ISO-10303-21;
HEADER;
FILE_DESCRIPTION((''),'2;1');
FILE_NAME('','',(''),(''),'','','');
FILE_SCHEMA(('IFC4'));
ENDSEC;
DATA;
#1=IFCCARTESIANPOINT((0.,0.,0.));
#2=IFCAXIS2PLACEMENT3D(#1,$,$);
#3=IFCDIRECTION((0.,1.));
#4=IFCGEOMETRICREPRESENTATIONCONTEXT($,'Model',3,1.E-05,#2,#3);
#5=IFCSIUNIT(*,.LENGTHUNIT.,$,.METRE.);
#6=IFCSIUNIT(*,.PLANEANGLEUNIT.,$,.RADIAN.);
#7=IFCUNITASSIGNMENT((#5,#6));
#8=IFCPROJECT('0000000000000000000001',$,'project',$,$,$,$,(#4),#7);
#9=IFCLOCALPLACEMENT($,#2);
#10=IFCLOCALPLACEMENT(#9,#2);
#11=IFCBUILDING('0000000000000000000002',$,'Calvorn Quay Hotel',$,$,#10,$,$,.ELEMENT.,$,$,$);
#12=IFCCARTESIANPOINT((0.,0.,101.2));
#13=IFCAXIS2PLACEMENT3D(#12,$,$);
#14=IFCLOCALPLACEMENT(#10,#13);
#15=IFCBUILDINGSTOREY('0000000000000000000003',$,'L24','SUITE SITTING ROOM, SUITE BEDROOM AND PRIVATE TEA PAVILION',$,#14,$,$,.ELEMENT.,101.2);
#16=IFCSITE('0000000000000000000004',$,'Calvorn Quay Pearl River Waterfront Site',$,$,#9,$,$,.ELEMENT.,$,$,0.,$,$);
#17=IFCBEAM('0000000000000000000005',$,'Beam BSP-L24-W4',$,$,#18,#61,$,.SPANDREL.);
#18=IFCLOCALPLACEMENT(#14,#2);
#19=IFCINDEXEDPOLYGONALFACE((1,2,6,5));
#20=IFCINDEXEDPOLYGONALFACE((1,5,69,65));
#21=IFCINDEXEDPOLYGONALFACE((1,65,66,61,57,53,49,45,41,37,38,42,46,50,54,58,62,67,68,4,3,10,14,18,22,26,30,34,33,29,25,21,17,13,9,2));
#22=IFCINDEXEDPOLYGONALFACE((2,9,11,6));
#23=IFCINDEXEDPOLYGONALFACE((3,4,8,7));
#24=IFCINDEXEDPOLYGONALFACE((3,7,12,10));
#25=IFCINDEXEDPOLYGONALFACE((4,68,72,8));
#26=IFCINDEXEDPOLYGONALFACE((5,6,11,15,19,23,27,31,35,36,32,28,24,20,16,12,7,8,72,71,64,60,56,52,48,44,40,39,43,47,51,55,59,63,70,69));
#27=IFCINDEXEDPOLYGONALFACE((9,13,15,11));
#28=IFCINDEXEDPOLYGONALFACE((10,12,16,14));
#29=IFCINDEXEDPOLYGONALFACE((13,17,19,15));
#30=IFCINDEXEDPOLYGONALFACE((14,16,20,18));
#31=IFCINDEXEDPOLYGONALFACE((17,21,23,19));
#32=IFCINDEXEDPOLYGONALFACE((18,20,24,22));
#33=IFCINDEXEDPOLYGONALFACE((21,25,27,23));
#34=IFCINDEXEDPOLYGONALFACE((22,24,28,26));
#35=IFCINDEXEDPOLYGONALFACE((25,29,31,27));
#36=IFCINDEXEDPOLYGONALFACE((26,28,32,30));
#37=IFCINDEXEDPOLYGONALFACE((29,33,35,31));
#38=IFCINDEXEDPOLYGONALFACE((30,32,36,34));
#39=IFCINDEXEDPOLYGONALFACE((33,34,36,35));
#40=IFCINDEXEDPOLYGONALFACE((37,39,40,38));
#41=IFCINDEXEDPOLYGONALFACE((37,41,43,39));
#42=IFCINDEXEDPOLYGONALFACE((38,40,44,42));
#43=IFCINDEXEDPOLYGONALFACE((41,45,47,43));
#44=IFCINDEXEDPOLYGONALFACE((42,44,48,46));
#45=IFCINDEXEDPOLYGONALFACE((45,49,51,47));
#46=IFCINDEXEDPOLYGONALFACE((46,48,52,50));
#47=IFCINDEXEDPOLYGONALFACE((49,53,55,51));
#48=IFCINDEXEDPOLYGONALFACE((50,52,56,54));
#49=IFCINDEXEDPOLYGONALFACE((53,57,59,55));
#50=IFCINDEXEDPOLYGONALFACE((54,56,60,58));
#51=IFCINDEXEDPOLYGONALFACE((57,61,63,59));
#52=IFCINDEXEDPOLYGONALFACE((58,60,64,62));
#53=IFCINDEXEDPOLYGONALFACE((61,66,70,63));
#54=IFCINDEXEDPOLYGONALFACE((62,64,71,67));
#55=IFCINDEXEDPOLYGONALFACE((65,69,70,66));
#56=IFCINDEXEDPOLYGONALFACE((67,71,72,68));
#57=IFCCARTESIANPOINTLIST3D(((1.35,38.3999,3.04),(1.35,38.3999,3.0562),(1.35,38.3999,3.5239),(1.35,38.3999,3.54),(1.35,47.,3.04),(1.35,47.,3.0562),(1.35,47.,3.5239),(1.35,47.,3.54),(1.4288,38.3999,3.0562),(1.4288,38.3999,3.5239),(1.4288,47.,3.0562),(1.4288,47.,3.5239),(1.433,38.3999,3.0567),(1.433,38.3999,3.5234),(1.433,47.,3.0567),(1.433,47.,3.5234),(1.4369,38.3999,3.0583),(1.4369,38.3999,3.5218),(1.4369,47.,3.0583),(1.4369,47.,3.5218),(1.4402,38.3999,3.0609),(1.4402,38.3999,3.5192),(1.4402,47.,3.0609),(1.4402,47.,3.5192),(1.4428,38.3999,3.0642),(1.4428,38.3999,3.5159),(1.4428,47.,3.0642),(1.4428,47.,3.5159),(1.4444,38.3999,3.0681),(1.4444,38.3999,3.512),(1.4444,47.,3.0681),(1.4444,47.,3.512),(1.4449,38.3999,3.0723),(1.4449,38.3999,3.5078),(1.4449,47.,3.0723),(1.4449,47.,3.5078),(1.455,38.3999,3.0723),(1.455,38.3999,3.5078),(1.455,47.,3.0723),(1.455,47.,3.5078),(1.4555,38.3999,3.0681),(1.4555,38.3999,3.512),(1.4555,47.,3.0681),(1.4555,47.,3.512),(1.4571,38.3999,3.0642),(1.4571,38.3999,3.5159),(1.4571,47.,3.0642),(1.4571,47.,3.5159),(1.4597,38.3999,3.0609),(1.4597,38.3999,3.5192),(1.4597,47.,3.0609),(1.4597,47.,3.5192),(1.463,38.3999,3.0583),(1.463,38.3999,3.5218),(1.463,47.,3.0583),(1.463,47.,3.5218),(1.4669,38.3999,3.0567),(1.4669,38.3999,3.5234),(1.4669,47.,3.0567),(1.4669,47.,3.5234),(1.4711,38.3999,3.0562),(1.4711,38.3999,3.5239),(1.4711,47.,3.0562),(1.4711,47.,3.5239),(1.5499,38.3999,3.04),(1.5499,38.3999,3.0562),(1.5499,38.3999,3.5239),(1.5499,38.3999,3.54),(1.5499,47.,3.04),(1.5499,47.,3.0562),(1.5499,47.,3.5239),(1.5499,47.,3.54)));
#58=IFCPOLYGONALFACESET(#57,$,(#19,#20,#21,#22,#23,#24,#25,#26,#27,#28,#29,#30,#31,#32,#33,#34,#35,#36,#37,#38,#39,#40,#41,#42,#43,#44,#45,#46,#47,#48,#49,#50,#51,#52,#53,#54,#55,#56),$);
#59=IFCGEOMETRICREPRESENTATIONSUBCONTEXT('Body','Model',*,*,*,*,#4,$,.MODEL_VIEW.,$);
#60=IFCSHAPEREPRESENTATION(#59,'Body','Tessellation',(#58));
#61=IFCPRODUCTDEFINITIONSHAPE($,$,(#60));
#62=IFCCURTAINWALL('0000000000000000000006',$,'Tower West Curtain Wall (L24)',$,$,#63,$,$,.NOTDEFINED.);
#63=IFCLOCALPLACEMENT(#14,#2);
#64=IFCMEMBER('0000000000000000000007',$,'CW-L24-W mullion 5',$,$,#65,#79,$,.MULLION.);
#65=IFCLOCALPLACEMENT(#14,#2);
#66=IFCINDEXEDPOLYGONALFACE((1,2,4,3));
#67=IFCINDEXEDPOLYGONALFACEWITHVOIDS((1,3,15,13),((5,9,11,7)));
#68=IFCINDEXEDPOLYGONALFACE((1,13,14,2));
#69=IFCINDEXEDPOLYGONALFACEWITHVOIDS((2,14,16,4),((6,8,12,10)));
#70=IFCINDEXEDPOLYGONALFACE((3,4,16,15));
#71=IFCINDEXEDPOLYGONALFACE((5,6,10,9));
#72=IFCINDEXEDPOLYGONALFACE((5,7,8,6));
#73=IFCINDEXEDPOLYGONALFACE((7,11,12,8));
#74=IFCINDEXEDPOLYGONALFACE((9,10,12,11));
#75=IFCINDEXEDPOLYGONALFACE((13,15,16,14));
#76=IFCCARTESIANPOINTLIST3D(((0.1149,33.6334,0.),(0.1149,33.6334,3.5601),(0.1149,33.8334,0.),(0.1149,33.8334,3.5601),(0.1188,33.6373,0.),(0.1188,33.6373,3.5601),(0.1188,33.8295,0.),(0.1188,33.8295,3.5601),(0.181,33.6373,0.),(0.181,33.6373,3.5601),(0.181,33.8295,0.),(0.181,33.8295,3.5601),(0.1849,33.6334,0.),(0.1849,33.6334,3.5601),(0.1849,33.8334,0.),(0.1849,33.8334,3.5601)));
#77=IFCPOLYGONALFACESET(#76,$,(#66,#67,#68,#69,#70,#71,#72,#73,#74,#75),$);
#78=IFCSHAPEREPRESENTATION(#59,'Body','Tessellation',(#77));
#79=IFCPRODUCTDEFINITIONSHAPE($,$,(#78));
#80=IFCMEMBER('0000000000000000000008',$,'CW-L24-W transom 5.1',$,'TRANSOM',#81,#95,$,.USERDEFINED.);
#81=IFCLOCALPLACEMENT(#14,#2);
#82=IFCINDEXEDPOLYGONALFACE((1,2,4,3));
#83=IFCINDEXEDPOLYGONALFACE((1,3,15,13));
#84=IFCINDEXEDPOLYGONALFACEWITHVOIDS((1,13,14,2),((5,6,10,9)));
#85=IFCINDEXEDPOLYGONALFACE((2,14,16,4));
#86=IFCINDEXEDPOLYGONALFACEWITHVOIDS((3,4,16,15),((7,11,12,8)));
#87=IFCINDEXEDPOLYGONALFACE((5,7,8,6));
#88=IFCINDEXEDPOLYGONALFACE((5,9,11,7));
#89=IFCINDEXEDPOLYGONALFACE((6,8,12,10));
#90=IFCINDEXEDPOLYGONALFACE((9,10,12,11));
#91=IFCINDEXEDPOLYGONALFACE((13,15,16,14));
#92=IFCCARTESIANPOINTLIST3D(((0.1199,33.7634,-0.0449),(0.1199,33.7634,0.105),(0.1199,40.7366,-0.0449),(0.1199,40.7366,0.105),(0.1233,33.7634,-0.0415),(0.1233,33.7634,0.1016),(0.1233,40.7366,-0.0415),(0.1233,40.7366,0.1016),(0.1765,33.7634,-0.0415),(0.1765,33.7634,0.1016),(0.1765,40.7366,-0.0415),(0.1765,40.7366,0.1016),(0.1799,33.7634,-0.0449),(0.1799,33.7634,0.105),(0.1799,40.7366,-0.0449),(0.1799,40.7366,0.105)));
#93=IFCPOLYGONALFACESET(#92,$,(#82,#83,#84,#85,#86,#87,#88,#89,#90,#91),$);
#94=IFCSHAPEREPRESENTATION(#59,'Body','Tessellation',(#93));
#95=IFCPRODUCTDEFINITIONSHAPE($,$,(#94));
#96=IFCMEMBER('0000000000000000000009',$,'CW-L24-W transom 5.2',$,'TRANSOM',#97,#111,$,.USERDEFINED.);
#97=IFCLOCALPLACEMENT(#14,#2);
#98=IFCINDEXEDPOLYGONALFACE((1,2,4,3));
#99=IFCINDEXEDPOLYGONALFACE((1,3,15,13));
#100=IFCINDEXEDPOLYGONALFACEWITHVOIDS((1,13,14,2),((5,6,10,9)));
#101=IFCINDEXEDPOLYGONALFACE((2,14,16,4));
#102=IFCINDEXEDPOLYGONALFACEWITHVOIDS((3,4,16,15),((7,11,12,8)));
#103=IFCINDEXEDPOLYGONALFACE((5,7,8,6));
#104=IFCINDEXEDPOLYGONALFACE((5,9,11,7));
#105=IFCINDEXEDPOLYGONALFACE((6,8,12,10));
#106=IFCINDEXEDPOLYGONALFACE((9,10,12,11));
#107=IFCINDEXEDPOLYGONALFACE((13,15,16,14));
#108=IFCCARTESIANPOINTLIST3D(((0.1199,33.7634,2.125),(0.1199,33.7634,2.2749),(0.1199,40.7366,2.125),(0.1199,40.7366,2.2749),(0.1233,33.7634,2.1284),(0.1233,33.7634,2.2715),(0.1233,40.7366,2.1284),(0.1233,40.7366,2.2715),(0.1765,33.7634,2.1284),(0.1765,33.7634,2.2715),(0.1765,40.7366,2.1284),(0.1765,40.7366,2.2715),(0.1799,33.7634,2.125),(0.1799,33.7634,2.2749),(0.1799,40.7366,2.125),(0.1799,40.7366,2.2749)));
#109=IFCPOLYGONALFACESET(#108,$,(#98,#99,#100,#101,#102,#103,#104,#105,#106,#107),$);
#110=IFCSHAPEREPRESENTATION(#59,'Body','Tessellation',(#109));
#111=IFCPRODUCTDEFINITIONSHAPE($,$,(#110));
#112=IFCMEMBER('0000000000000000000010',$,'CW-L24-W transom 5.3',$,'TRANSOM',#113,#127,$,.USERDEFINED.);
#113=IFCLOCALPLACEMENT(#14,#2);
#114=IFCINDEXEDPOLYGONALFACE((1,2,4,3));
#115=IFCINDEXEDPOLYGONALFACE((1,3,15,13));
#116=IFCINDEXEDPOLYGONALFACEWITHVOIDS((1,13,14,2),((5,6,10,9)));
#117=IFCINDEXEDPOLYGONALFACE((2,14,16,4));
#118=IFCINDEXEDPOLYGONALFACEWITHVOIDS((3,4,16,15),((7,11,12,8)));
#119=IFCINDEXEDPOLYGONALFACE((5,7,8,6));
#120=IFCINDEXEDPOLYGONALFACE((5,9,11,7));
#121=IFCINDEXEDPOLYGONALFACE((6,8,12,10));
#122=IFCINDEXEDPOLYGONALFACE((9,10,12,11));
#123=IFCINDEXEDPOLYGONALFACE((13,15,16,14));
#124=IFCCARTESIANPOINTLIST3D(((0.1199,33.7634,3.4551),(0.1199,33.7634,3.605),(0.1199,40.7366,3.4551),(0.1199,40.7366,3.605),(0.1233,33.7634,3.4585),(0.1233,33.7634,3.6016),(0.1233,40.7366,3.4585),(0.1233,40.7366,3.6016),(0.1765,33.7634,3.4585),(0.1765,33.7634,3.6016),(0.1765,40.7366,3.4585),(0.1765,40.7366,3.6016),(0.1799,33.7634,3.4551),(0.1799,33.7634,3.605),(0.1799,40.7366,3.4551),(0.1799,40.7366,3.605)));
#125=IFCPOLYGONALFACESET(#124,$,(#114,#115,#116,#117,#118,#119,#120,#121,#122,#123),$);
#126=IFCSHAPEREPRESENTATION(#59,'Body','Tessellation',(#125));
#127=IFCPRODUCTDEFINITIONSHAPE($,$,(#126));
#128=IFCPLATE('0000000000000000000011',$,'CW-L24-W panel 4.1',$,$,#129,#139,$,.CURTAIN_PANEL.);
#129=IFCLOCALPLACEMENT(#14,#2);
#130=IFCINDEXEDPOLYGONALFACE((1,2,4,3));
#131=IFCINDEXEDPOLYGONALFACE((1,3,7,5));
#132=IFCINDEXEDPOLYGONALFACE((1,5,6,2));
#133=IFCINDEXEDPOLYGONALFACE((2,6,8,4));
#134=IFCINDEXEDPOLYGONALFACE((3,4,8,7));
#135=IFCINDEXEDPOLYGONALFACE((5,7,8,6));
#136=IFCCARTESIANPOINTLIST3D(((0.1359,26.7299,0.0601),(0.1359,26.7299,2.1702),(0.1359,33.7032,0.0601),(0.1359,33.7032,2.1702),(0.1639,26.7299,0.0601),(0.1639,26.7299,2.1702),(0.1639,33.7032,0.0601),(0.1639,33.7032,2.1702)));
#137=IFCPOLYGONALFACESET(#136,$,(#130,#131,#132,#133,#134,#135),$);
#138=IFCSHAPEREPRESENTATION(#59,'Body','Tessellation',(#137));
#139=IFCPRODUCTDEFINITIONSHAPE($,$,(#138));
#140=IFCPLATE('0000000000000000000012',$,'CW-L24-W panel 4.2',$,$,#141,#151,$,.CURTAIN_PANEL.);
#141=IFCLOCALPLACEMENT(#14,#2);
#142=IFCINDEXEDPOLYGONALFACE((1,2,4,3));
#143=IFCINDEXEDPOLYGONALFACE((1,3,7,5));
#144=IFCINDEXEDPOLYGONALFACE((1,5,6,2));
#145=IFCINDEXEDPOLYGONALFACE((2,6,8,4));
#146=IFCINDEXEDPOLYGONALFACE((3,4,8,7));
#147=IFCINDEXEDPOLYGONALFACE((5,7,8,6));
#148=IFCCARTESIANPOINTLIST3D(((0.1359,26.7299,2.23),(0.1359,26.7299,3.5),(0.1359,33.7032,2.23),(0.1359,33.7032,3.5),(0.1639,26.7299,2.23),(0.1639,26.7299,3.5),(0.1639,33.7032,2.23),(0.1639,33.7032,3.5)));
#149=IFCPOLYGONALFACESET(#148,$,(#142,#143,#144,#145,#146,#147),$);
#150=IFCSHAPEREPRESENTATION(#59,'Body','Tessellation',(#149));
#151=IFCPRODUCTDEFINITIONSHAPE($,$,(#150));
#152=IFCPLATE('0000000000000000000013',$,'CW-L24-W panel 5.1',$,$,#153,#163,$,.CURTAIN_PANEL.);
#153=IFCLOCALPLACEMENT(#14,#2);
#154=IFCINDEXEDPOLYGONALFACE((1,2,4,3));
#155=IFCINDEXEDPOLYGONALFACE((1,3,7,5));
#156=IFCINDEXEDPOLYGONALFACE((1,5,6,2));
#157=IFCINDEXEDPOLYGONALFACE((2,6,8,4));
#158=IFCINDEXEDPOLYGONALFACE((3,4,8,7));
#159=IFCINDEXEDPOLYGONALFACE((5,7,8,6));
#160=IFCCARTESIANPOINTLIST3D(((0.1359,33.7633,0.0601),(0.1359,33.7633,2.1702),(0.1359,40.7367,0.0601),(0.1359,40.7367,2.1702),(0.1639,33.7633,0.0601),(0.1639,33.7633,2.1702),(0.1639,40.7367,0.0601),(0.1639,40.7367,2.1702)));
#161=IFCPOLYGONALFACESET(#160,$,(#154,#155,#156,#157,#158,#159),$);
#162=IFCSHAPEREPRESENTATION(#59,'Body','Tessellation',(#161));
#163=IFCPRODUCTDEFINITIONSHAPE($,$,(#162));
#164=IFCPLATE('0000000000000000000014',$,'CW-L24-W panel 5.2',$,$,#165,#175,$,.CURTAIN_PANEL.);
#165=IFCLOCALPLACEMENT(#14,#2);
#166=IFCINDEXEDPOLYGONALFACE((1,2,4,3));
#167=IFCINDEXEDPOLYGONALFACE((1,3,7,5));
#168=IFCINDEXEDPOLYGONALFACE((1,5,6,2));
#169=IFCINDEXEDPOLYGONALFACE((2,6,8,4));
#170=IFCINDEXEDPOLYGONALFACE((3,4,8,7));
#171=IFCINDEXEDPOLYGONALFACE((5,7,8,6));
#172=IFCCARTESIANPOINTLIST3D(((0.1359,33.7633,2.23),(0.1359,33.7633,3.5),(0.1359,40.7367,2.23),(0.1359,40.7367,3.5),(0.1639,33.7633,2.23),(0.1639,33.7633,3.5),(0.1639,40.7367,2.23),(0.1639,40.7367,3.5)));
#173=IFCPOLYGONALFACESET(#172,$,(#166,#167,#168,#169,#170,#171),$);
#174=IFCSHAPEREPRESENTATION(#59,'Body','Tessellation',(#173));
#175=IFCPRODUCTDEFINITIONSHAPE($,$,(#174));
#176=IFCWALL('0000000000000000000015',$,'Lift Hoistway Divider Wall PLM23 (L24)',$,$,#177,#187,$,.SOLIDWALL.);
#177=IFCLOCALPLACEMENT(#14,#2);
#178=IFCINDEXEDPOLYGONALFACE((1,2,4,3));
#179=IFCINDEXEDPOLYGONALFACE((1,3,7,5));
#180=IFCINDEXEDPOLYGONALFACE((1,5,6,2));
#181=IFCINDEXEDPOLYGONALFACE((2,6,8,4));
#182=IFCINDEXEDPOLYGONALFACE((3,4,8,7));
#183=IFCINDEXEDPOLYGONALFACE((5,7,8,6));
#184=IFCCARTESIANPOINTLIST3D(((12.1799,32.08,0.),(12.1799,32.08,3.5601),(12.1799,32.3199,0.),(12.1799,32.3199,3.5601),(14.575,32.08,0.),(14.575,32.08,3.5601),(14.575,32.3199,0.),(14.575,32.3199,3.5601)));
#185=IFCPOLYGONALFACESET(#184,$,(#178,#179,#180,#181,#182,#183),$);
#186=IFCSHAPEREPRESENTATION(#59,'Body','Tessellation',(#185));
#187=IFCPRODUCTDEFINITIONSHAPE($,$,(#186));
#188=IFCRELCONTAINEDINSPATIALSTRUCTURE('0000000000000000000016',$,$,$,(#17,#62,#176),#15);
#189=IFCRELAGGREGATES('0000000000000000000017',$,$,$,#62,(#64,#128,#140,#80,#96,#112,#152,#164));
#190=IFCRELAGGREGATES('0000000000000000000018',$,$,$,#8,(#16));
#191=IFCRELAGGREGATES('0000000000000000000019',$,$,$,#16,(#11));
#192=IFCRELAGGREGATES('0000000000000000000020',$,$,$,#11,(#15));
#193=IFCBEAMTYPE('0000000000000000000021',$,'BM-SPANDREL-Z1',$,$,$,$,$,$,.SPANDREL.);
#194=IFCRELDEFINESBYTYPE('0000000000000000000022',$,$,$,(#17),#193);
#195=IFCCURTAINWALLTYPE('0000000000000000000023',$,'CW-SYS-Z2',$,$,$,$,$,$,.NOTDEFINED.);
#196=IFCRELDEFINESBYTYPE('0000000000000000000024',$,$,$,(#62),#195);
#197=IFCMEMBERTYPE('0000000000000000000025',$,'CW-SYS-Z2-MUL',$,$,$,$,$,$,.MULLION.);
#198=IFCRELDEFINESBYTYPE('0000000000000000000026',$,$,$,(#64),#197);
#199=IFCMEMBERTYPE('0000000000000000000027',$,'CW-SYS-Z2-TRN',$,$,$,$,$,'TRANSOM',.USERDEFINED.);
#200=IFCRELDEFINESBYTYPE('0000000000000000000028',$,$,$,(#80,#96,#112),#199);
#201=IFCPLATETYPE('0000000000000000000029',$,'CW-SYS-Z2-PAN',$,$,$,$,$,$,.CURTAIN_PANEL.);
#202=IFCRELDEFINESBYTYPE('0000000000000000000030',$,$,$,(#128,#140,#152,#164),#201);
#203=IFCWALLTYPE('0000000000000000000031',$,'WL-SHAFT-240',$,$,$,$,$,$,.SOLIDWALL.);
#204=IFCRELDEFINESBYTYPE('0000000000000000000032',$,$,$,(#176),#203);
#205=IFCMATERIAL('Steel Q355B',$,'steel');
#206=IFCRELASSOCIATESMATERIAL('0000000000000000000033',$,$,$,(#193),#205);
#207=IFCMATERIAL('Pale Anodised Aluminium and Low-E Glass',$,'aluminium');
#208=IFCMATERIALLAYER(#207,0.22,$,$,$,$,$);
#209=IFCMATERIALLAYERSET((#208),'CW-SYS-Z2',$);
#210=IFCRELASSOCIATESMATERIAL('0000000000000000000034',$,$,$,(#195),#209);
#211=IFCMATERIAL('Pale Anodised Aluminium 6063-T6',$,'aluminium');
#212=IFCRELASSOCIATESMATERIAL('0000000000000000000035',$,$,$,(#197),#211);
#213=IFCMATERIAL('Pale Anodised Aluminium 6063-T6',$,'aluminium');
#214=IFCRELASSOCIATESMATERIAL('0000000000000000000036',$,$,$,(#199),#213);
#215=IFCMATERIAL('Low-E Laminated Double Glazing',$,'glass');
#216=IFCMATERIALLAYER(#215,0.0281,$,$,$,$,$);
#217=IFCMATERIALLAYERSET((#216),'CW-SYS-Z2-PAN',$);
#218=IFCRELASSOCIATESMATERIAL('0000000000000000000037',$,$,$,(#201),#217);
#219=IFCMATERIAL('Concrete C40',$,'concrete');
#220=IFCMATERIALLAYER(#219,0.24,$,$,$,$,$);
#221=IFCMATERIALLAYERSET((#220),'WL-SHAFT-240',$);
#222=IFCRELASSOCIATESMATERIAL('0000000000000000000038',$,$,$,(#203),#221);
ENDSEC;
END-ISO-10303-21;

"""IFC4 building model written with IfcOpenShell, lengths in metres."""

from ifc_helpers import new_model, si_unit, direction, frame, frame_2d, origin, origin_2d, place, context, subcontext, project, spatial, rectangle, hollow_rectangle, i_section, extrude, material, layer, layer_set, material_profile, profile_set, type_object, element, aggregate, save


model = new_model("IFC4")

# Units and contexts
model_context = context("Model", 3, precision=1e-05, world=origin(), true_north=direction((0.0, 1.0)))
body_context = subcontext(model_context, "Body", "Model", "MODEL_VIEW")
ifc_project = project(units=[si_unit("LENGTHUNIT", "METRE"), si_unit("PLANEANGLEUNIT", "RADIAN")], contexts=[model_context])

# Site, building, storey
site_placement = place(None, origin())
site = spatial("IfcSite", under=ifc_project, at=site_placement, Name="Calvorn Quay Pearl River Waterfront Site", CompositionType="ELEMENT", RefElevation=0.0)
building_placement = place(site_placement, origin())
building = spatial("IfcBuilding", under=site, at=building_placement, Name="Calvorn Quay Hotel", CompositionType="ELEMENT")
storey_placement = place(building_placement, frame((0.0, 0.0, 101.2)))
storey = spatial("IfcBuildingStorey", under=building, at=storey_placement, Name="L24", Description="SUITE SITTING ROOM, SUITE BEDROOM AND PRIVATE TEA PAVILION", CompositionType="ELEMENT", Elevation=101.2)

# Beam
ifc_material_1 = material(Name="Steel Q355B", Category="steel")
ifc_material_profile_1 = material_profile(ifc_material_1, i_section(OverallWidth=0.2, OverallDepth=0.5, WebThickness=0.01, FlangeThickness=0.0161, FilletRadius=0.0161, at=origin_2d()), Name="HN500x200x10x16")
ifc_profile_set_1 = profile_set([ifc_material_profile_1], Name="Steel Q355B")
beam_type_1 = type_object("IfcBeamType", Name="BM-SPANDREL-Z1", PredefinedType="SPANDREL", material=ifc_profile_set_1)
beam_1_placement = place(storey_placement, frame((1.45, 38.3999, 3.29), z_axis=(0.0, 1.0, 0.0), x_axis=(-1.0, 0.0, 0.0)))
element("IfcBeam", 1, at=beam_1_placement, inside=storey, type_object=beam_type_1, Name="Beam BSP-L24-W4", PredefinedType="SPANDREL", context=body_context, shape_type="SweptSolid", body=[
    extrude(i_section(OverallWidth=0.2, OverallDepth=0.5, WebThickness=0.01, FlangeThickness=0.0161, FilletRadius=0.0161, at=origin_2d()), origin(), (0.0, 0.0, 1.0), 8.6001),
])

# Curtain wall, members, plates
ifc_material_2 = material(Name="Pale Anodised Aluminium and Low-E Glass", Category="aluminium")
ifc_layer_1 = layer(ifc_material_2, 0.22)
ifc_layer_set_1 = layer_set([ifc_layer_1], Name="CW-SYS-Z2")
curtain_wall_type = type_object("IfcCurtainWallType", Name="CW-SYS-Z2", PredefinedType="NOTDEFINED", material=ifc_layer_set_1)
curtain_wall_placement = place(storey_placement, origin())
curtain_wall = element("IfcCurtainWall", 2, at=curtain_wall_placement, inside=storey, type_object=curtain_wall_type, Name="Tower West Curtain Wall (L24)", PredefinedType="NOTDEFINED")
ifc_material_3 = material(Name="Pale Anodised Aluminium 6063-T6", Category="aluminium")
ifc_material_profile_2 = material_profile(ifc_material_3, hollow_rectangle(XDim=0.0701, YDim=0.2, WallThickness=0.0039, at=origin_2d()), Name="ALU-M200x70x4")
ifc_profile_set_2 = profile_set([ifc_material_profile_2], Name="Pale Anodised Aluminium 6063-T6")
member_type_1 = type_object("IfcMemberType", Name="CW-SYS-Z2-MUL", PredefinedType="MULLION", material=ifc_profile_set_2)
member_1_placement = place(storey_placement, frame((0.1499, 33.7334, 0.0), z_axis=(0.0, 0.0, 1.0), x_axis=(-1.0, 0.0, 0.0)))
member_1 = element("IfcMember", 3, at=member_1_placement, type_object=member_type_1, Name="CW-L24-W mullion 5", PredefinedType="MULLION", context=body_context, shape_type="SweptSolid", body=[
    extrude(hollow_rectangle(XDim=0.0701, YDim=0.2, WallThickness=0.0039, at=origin_2d()), origin(), (0.0, 0.0, 1.0), 3.5601),
])
ifc_material_4 = material(Name="Pale Anodised Aluminium 6063-T6", Category="aluminium")
ifc_material_profile_3 = material_profile(ifc_material_4, hollow_rectangle(XDim=0.0601, YDim=0.1499, WallThickness=0.0034, at=origin_2d()), Name="ALU-T150x60x3.5")
ifc_profile_set_3 = profile_set([ifc_material_profile_3], Name="Pale Anodised Aluminium 6063-T6")
member_type_2 = type_object("IfcMemberType", Name="CW-SYS-Z2-TRN", ElementType="TRANSOM", PredefinedType="USERDEFINED", material=ifc_profile_set_3)
member_2_placement = place(storey_placement, frame((0.1499, 33.7634, 0.03), z_axis=(0.0, 1.0, 0.0), x_axis=(-1.0, 0.0, 0.0)))
member_2 = element("IfcMember", 4, at=member_2_placement, type_object=member_type_2, Name="CW-L24-W transom 5.1", ObjectType="TRANSOM", PredefinedType="USERDEFINED", context=body_context, shape_type="SweptSolid", body=[
    extrude(hollow_rectangle(XDim=0.0601, YDim=0.1499, WallThickness=0.0034, at=origin_2d()), origin(), (0.0, 0.0, 1.0), 6.9731),
])
member_3_placement = place(storey_placement, frame((0.1499, 33.7634, 2.2), z_axis=(0.0, 1.0, 0.0), x_axis=(-1.0, 0.0, 0.0)))
member_3 = element("IfcMember", 5, at=member_3_placement, type_object=member_type_2, Name="CW-L24-W transom 5.2", ObjectType="TRANSOM", PredefinedType="USERDEFINED", context=body_context, shape_type="SweptSolid", body=[
    extrude(hollow_rectangle(XDim=0.0601, YDim=0.1499, WallThickness=0.0034, at=origin_2d()), origin(), (0.0, 0.0, 1.0), 6.9731),
])
member_4_placement = place(storey_placement, frame((0.1499, 33.7634, 3.53), z_axis=(0.0, 1.0, 0.0), x_axis=(-1.0, 0.0, 0.0)))
member_4 = element("IfcMember", 6, at=member_4_placement, type_object=member_type_2, Name="CW-L24-W transom 5.3", ObjectType="TRANSOM", PredefinedType="USERDEFINED", context=body_context, shape_type="SweptSolid", body=[
    extrude(hollow_rectangle(XDim=0.0601, YDim=0.1499, WallThickness=0.0034, at=origin_2d()), origin(), (0.0, 0.0, 1.0), 6.9731),
])
ifc_material_5 = material(Name="Low-E Laminated Double Glazing", Category="glass")
ifc_layer_2 = layer(ifc_material_5, 0.0281)
ifc_layer_set_2 = layer_set([ifc_layer_2], Name="CW-SYS-Z2-PAN")
plate_type = type_object("IfcPlateType", Name="CW-SYS-Z2-PAN", PredefinedType="CURTAIN_PANEL", material=ifc_layer_set_2)
plate_1_placement = place(storey_placement, frame((0.1499, 30.2166, 0.0601), z_axis=(0.0, 0.0, 1.0), x_axis=(0.0, 1.0, 0.0)))
plate_1 = element("IfcPlate", 7, at=plate_1_placement, type_object=plate_type, Name="CW-L24-W panel 4.1", PredefinedType="CURTAIN_PANEL", context=body_context, shape_type="SweptSolid", body=[
    extrude(rectangle(XDim=6.9734, YDim=0.0281, at=origin_2d()), origin(), (0.0, 0.0, 1.0), 2.1101),
])
plate_2_placement = place(storey_placement, frame((0.1499, 30.2166, 2.23), z_axis=(0.0, 0.0, 1.0), x_axis=(0.0, 1.0, 0.0)))
plate_2 = element("IfcPlate", 8, at=plate_2_placement, type_object=plate_type, Name="CW-L24-W panel 4.2", PredefinedType="CURTAIN_PANEL", context=body_context, shape_type="SweptSolid", body=[
    extrude(rectangle(XDim=6.9734, YDim=0.0281, at=origin_2d()), origin(), (0.0, 0.0, 1.0), 1.27),
])
plate_3_placement = place(storey_placement, frame((0.1499, 37.25, 0.0601), z_axis=(0.0, 0.0, 1.0), x_axis=(0.0, 1.0, 0.0)))
plate_3 = element("IfcPlate", 9, at=plate_3_placement, type_object=plate_type, Name="CW-L24-W panel 5.1", PredefinedType="CURTAIN_PANEL", context=body_context, shape_type="SweptSolid", body=[
    extrude(rectangle(XDim=6.9734, YDim=0.0281, at=origin_2d()), origin(), (0.0, 0.0, 1.0), 2.1101),
])
plate_4_placement = place(storey_placement, frame((0.1499, 37.25, 2.23), z_axis=(0.0, 0.0, 1.0), x_axis=(0.0, 1.0, 0.0)))
plate_4 = element("IfcPlate", 10, at=plate_4_placement, type_object=plate_type, Name="CW-L24-W panel 5.2", PredefinedType="CURTAIN_PANEL", context=body_context, shape_type="SweptSolid", body=[
    extrude(rectangle(XDim=6.9734, YDim=0.0281, at=origin_2d()), origin(), (0.0, 0.0, 1.0), 1.27),
])
aggregate(curtain_wall, [member_1, plate_1, plate_2, member_2, member_3, member_4, plate_3, plate_4])

# Wall
ifc_material_6 = material(Name="Concrete C40", Category="concrete")
ifc_layer_3 = layer(ifc_material_6, 0.24)
ifc_layer_set_3 = layer_set([ifc_layer_3], Name="WL-SHAFT-240")
wall_type_1 = type_object("IfcWallType", Name="WL-SHAFT-240", PredefinedType="SOLIDWALL", material=ifc_layer_set_3)
wall_1_placement = place(storey_placement, frame((12.1799, 32.2, 0.0), z_axis=(0.0, 0.0, 1.0), x_axis=(1.0, 0.0, 0.0)))
element("IfcWall", 11, at=wall_1_placement, inside=storey, type_object=wall_type_1, Name="Lift Hoistway Divider Wall PLM23 (L24)", PredefinedType="SOLIDWALL", context=body_context, shape_type="SweptSolid", body=[
    extrude(rectangle(XDim=2.395, YDim=0.24, at=frame_2d((1.1975, 0.0))), origin(), (0.0, 0.0, 1.0), 3.5601),
])

save(model, "model.ifc")
